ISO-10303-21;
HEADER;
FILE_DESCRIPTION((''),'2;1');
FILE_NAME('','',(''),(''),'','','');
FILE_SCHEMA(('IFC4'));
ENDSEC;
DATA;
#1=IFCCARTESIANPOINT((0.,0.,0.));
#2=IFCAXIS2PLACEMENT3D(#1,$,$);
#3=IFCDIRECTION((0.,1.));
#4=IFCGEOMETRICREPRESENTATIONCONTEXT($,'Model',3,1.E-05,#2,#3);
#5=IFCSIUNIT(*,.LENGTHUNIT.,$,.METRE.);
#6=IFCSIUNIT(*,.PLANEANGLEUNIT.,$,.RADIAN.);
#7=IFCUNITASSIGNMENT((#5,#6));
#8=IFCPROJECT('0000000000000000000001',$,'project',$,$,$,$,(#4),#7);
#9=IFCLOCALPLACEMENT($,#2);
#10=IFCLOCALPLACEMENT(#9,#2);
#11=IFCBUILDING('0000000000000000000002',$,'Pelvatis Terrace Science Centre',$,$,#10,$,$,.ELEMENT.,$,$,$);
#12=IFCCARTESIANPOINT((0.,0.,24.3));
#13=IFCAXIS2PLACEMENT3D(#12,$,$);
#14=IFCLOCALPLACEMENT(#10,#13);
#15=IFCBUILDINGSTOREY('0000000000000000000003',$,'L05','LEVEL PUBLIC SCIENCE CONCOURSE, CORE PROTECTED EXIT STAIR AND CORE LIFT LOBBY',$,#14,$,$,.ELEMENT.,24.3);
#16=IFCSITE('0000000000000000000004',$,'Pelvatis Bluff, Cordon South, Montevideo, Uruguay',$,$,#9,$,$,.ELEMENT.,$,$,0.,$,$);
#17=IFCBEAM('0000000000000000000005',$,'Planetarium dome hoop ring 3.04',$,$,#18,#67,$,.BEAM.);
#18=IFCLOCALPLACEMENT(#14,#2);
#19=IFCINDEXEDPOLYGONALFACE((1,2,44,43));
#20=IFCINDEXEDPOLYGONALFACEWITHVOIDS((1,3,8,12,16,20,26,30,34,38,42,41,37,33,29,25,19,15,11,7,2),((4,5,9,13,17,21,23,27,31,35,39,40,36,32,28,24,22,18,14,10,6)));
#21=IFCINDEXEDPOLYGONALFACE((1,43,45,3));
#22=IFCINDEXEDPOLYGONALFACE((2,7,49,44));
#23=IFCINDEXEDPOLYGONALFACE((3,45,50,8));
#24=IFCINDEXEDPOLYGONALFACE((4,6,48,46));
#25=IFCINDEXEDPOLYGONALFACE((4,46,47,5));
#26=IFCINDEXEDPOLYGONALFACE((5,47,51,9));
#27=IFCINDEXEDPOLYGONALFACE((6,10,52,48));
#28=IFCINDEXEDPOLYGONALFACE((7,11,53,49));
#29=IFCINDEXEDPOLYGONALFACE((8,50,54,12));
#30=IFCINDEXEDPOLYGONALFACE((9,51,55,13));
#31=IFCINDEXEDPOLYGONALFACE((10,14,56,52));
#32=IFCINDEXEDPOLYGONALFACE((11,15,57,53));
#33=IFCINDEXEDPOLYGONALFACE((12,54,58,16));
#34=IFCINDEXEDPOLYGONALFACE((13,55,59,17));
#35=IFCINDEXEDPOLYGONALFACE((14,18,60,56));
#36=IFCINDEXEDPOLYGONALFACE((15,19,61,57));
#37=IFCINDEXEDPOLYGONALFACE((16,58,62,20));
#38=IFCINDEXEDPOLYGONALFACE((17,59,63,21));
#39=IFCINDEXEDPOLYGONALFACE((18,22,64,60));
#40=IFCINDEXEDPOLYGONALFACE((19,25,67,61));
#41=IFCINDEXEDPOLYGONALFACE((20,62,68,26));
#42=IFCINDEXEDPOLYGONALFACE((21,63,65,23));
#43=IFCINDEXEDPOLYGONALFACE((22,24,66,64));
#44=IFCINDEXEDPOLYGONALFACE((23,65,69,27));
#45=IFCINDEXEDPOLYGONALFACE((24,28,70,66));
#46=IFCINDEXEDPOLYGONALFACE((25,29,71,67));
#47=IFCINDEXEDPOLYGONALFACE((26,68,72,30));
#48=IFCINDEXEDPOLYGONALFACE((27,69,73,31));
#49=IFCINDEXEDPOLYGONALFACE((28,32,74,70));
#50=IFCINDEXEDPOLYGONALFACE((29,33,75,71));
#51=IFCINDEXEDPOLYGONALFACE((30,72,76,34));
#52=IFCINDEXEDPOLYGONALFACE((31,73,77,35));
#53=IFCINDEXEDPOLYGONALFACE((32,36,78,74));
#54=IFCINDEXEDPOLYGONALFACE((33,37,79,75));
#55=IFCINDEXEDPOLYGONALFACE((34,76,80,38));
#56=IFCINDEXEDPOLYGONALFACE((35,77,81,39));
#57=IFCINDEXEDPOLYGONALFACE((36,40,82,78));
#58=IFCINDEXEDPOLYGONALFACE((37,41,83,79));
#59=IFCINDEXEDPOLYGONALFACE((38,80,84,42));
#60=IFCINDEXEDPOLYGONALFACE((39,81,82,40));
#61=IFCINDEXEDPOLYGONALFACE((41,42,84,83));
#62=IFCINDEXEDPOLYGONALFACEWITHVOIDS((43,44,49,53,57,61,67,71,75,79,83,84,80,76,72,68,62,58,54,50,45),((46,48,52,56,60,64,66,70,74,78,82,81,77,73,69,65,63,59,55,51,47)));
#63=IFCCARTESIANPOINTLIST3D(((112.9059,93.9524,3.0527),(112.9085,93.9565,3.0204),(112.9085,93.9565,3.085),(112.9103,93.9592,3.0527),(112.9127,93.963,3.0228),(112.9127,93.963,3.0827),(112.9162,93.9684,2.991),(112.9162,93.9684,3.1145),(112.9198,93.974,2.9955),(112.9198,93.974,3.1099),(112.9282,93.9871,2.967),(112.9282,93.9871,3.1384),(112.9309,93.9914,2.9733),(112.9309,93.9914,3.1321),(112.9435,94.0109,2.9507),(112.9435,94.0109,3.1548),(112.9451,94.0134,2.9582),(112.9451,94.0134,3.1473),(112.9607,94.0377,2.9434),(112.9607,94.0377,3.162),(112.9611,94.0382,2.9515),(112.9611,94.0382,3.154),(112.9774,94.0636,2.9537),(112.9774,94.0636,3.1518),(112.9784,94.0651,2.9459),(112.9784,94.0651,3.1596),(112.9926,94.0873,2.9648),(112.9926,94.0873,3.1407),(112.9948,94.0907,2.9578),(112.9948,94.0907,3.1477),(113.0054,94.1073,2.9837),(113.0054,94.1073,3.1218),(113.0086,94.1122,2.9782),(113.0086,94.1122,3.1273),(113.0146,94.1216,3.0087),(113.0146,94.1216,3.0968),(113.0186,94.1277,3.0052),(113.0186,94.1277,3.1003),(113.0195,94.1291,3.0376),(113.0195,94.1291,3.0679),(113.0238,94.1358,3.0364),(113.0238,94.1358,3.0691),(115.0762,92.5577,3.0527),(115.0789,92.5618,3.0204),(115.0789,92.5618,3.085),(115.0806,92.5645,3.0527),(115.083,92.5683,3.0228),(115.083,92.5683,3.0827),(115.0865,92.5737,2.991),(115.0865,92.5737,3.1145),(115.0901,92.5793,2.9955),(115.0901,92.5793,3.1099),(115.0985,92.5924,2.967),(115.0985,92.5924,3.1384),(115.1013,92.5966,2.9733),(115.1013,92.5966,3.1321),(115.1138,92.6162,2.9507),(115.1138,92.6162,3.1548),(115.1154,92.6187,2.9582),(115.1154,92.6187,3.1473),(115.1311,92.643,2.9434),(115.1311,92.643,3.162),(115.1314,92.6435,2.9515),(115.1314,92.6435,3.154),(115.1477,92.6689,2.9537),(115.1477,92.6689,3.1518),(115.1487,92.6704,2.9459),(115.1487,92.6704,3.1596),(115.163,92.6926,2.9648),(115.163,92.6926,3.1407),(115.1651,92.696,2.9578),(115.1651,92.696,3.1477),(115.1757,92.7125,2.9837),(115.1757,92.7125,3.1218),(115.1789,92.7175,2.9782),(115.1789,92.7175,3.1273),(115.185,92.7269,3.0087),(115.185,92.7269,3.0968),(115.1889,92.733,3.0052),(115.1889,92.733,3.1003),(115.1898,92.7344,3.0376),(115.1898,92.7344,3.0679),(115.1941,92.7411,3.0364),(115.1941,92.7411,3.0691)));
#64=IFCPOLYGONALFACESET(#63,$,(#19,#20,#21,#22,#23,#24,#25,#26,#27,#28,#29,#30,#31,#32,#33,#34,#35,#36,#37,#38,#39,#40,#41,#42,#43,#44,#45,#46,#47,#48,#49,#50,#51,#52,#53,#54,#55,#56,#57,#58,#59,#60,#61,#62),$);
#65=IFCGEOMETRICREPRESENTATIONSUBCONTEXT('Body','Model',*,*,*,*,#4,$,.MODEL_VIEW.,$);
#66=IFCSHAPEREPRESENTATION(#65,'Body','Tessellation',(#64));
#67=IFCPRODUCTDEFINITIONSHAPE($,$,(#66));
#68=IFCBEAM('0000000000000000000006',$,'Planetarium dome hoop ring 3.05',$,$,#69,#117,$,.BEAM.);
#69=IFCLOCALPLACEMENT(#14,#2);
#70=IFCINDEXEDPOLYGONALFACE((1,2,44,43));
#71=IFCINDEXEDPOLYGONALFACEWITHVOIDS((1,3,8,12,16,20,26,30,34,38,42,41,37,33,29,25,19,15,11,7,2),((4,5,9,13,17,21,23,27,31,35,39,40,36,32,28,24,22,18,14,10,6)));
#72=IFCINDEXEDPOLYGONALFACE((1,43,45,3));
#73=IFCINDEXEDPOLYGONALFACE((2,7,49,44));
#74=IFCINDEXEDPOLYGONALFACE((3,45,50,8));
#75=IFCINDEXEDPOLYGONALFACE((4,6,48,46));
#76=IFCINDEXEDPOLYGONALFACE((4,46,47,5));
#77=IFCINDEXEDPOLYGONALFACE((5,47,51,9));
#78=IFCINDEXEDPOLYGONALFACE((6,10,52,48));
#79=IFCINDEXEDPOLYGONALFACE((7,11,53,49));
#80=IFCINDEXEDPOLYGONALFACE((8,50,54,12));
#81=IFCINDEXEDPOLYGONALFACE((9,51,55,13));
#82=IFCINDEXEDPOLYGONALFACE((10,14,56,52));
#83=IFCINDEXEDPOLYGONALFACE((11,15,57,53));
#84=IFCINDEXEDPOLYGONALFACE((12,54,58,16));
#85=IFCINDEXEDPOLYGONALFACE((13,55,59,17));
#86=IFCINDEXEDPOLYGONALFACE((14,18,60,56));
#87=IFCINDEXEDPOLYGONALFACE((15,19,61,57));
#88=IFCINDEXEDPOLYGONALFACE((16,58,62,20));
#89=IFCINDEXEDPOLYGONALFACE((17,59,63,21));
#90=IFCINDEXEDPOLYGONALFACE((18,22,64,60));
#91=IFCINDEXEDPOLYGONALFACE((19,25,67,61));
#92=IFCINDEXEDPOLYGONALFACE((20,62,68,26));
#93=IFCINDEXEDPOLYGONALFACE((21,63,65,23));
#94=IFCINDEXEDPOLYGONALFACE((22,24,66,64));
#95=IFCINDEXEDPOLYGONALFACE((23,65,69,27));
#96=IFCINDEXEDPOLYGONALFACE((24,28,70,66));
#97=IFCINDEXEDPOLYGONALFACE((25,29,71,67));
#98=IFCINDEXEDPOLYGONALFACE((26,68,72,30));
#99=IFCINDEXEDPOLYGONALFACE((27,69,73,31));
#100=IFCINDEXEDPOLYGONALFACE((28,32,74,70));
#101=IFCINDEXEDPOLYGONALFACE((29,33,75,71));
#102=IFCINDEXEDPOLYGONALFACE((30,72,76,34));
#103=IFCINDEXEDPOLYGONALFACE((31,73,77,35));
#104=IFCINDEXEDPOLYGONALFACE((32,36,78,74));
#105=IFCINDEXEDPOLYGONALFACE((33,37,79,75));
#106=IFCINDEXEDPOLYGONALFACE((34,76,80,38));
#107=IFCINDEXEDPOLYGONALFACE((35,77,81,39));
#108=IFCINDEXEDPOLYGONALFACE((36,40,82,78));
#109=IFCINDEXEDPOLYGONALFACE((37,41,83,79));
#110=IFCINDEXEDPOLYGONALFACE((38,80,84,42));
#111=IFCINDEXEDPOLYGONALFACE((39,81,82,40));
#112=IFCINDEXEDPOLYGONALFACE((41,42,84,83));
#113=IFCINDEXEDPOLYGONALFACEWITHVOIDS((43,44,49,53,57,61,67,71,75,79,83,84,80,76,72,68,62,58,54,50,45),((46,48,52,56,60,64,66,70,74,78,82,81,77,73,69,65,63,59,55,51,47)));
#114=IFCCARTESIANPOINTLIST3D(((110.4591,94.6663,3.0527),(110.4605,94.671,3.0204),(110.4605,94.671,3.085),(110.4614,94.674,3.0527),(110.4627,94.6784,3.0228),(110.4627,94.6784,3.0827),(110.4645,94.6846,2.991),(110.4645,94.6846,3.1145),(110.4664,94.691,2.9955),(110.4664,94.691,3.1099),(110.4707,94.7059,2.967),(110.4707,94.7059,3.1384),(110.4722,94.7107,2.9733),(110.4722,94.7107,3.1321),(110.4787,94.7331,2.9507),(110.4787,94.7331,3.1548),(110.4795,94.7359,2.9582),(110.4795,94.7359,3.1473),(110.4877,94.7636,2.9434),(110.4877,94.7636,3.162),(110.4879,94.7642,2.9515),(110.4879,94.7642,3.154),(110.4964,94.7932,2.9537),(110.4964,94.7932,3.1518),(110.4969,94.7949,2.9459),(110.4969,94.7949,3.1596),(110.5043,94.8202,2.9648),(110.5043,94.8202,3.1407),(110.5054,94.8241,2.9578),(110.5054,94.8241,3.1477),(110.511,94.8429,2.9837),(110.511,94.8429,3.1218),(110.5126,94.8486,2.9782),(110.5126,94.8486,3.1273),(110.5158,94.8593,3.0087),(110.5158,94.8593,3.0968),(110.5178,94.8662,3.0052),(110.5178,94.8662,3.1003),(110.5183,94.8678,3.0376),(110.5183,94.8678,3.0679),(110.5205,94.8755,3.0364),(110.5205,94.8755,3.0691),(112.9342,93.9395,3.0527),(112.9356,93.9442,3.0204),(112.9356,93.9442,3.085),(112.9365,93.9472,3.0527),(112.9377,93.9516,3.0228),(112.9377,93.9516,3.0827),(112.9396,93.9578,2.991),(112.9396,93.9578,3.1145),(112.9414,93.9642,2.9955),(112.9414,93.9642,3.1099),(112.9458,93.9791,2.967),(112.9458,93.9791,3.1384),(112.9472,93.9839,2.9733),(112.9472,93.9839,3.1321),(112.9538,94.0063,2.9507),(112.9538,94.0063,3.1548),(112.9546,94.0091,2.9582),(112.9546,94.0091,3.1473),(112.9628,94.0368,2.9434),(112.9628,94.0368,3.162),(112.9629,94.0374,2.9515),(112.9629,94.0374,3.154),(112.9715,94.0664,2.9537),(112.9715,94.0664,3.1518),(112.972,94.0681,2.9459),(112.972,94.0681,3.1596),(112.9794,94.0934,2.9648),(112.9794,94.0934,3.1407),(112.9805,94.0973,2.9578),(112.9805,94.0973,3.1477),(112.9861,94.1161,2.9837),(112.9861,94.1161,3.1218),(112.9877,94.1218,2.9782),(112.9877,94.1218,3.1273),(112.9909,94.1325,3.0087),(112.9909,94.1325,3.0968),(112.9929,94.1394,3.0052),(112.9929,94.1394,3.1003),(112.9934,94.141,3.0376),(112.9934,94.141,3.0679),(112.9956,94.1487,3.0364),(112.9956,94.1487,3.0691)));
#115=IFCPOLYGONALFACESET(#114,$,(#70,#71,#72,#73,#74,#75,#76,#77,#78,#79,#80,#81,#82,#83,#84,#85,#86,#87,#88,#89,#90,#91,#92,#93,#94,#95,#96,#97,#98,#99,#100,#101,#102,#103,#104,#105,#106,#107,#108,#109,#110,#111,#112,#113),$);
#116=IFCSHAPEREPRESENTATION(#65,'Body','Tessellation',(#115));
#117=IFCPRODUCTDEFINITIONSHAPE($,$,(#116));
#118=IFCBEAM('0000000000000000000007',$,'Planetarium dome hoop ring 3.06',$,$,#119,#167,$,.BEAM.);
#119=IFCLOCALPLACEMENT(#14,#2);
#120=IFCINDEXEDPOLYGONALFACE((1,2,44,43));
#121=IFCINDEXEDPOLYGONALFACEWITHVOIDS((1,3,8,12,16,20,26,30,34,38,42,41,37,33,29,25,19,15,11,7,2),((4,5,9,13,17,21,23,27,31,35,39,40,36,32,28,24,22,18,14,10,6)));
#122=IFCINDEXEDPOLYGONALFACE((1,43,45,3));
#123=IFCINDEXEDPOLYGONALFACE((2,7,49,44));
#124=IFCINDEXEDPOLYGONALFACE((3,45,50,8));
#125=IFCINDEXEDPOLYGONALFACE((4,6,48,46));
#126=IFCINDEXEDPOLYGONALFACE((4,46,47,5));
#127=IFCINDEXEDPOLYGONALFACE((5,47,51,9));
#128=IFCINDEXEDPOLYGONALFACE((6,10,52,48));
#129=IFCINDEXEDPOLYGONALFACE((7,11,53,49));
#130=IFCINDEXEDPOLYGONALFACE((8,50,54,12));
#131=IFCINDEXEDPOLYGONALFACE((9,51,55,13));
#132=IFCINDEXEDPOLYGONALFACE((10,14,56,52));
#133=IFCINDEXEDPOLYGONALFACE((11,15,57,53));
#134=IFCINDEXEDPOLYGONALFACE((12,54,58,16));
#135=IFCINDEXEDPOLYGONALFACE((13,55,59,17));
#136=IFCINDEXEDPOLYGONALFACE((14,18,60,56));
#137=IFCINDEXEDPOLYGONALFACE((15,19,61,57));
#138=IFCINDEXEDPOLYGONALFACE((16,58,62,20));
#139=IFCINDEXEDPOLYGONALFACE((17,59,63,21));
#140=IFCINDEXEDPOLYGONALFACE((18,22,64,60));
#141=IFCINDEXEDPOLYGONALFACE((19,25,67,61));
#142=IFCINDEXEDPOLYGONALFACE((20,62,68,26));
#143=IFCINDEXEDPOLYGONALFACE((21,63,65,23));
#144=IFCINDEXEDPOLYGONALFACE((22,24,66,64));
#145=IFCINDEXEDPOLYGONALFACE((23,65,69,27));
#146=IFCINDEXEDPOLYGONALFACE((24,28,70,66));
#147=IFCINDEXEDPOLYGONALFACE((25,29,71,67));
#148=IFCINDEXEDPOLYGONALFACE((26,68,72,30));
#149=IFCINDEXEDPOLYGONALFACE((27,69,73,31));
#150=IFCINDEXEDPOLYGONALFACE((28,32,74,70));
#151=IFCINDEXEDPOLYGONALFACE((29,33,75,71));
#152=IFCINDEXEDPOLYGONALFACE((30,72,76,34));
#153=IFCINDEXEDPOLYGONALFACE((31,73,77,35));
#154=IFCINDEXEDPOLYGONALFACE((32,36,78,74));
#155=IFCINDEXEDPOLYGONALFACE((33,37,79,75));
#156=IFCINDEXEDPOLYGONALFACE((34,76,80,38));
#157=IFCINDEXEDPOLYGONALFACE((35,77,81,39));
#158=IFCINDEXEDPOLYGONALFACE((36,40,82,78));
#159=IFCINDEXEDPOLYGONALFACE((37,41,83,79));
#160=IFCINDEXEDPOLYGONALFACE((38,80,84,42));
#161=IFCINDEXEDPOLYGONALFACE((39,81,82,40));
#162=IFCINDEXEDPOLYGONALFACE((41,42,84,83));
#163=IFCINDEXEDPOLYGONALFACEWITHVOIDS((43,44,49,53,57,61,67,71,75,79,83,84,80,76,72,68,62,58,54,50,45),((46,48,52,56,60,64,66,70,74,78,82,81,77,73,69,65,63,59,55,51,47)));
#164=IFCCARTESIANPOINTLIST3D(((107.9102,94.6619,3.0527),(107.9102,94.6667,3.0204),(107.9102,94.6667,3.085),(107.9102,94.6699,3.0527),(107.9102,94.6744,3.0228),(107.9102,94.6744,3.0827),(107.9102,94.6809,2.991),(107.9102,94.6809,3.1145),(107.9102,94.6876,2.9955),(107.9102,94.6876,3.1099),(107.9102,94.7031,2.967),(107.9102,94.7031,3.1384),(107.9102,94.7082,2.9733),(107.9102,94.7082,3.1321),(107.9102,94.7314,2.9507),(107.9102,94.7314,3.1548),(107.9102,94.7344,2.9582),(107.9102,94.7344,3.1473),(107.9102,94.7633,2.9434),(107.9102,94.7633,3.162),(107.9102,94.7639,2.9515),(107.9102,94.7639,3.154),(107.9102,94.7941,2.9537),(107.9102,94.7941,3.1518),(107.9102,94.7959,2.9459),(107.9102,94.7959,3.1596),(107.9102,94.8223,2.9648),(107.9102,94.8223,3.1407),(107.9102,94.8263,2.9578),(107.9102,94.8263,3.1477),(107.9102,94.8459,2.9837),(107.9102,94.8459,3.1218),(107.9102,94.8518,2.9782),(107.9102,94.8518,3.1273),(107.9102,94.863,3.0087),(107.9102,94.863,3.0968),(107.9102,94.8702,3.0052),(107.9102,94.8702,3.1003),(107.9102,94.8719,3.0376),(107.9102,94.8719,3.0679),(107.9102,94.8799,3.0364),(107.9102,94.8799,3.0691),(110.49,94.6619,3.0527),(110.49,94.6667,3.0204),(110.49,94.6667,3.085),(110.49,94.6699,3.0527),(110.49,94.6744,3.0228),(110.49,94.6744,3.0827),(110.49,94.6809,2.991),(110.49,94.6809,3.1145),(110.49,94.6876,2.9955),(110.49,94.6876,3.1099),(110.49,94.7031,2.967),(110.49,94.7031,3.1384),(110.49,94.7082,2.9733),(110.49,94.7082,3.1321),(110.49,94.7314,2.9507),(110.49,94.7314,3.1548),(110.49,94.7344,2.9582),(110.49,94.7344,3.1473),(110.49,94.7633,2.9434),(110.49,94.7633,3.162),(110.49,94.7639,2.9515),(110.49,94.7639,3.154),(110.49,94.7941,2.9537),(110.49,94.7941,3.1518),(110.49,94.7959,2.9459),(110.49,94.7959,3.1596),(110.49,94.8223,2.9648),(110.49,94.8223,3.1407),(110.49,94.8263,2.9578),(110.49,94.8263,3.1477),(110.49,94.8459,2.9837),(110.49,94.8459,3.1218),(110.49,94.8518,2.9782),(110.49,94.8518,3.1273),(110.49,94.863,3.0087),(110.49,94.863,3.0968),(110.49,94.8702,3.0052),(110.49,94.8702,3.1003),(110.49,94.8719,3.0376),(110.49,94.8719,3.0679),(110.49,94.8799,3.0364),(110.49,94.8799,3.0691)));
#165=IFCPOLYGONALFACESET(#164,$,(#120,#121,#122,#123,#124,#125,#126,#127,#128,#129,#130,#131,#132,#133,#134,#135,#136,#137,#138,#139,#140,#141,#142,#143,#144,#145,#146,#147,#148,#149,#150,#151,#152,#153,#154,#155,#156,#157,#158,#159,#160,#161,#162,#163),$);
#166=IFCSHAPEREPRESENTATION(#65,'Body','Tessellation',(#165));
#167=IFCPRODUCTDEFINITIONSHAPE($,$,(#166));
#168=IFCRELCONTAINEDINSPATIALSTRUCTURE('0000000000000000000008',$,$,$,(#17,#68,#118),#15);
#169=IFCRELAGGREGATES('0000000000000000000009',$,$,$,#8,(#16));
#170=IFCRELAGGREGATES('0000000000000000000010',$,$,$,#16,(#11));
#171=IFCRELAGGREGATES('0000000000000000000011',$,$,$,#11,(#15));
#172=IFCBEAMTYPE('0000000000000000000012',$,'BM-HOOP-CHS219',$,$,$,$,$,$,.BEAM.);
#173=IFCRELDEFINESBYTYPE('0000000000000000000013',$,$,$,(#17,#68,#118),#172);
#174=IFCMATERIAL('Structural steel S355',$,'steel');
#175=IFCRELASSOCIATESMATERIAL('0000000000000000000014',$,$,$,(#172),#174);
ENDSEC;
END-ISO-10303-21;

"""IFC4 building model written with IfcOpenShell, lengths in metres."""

from ifc_helpers import new_model, si_unit, direction, frame, origin, origin_2d, place, context, subcontext, project, spatial, hollow_circle, extrude, material, material_profile, profile_set, type_object, element, save


model = new_model("IFC4")

# Units and contexts
model_context = context("Model", 3, precision=1e-05, world=origin(), true_north=direction((0.0, 1.0)))
body_context = subcontext(model_context, "Body", "Model", "MODEL_VIEW")
ifc_project = project(units=[si_unit("LENGTHUNIT", "METRE"), si_unit("PLANEANGLEUNIT", "RADIAN")], contexts=[model_context])

# Site, building, storey
site_placement = place(None, origin())
site = spatial("IfcSite", under=ifc_project, at=site_placement, Name="Pelvatis Bluff, Cordon South, Montevideo, Uruguay", CompositionType="ELEMENT", RefElevation=0.0)
building_placement = place(site_placement, origin())
building = spatial("IfcBuilding", under=site, at=building_placement, Name="Pelvatis Terrace Science Centre", CompositionType="ELEMENT")
storey_placement = place(building_placement, frame((0.0, 0.0, 24.3)))
storey = spatial("IfcBuildingStorey", under=building, at=storey_placement, Name="L05", Description="LEVEL PUBLIC SCIENCE CONCOURSE, CORE PROTECTED EXIT STAIR AND CORE LIFT LOBBY", CompositionType="ELEMENT", Elevation=24.3)

# Beams
ifc_material_1 = material(Name="Structural steel S355", Category="steel")
ifc_material_profile_1 = material_profile(ifc_material_1, hollow_circle(Radius=0.1096, WallThickness=0.0081, at=origin_2d()), Name="CHS 219.1x8.0")
ifc_profile_set_1 = profile_set([ifc_material_profile_1], Name="Structural steel S355")
beam_type_1 = type_object("IfcBeamType", Name="BM-HOOP-CHS219", PredefinedType="BEAM", material=ifc_profile_set_1)
for number, where, z_axis, x_axis, name in (
    (1, (115.1355, 92.6499, 3.0527), (-0.841265, 0.540624, 0.0), (-0.540624, -0.841265, 0.0), "Planetarium dome hoop ring 3.04"),
):
    element("IfcBeam", number, at=place(storey_placement, frame(where, z_axis=z_axis, x_axis=x_axis)), inside=storey, type_object=beam_type_1, Name=name, PredefinedType="BEAM", context=body_context, shape_type="SweptSolid", body=[
        extrude(hollow_circle(Radius=0.1096, WallThickness=0.0081, at=origin_2d()), origin(), (0.0, 0.0, 1.0), 2.5798),
    ])
beam_1_placement = place(storey_placement, frame((112.9651, 94.0447, 3.0527), z_axis=(-0.959487, 0.281751, 0.0), x_axis=(-0.281751, -0.959487, 0.0)))
element("IfcBeam", 2, at=beam_1_placement, inside=storey, type_object=beam_type_1, Name="Planetarium dome hoop ring 3.05", PredefinedType="BEAM", context=body_context, shape_type="SweptSolid", body=[
    extrude(hollow_circle(Radius=0.1096, WallThickness=0.0081, at=origin_2d()), origin(), (0.0, 0.0, 1.0), 2.5796),
])
beam_2_placement = place(storey_placement, frame((110.49, 94.7715, 3.0527), z_axis=(-1.0, 0.0, 0.0), x_axis=(0.0, -1.0, 0.0)))
element("IfcBeam", 3, at=beam_2_placement, inside=storey, type_object=beam_type_1, Name="Planetarium dome hoop ring 3.06", PredefinedType="BEAM", context=body_context, shape_type="SweptSolid", body=[
    extrude(hollow_circle(Radius=0.1096, WallThickness=0.0081, at=origin_2d()), origin(), (0.0, 0.0, 1.0), 2.5798),
])

save(model, "model.ifc")
